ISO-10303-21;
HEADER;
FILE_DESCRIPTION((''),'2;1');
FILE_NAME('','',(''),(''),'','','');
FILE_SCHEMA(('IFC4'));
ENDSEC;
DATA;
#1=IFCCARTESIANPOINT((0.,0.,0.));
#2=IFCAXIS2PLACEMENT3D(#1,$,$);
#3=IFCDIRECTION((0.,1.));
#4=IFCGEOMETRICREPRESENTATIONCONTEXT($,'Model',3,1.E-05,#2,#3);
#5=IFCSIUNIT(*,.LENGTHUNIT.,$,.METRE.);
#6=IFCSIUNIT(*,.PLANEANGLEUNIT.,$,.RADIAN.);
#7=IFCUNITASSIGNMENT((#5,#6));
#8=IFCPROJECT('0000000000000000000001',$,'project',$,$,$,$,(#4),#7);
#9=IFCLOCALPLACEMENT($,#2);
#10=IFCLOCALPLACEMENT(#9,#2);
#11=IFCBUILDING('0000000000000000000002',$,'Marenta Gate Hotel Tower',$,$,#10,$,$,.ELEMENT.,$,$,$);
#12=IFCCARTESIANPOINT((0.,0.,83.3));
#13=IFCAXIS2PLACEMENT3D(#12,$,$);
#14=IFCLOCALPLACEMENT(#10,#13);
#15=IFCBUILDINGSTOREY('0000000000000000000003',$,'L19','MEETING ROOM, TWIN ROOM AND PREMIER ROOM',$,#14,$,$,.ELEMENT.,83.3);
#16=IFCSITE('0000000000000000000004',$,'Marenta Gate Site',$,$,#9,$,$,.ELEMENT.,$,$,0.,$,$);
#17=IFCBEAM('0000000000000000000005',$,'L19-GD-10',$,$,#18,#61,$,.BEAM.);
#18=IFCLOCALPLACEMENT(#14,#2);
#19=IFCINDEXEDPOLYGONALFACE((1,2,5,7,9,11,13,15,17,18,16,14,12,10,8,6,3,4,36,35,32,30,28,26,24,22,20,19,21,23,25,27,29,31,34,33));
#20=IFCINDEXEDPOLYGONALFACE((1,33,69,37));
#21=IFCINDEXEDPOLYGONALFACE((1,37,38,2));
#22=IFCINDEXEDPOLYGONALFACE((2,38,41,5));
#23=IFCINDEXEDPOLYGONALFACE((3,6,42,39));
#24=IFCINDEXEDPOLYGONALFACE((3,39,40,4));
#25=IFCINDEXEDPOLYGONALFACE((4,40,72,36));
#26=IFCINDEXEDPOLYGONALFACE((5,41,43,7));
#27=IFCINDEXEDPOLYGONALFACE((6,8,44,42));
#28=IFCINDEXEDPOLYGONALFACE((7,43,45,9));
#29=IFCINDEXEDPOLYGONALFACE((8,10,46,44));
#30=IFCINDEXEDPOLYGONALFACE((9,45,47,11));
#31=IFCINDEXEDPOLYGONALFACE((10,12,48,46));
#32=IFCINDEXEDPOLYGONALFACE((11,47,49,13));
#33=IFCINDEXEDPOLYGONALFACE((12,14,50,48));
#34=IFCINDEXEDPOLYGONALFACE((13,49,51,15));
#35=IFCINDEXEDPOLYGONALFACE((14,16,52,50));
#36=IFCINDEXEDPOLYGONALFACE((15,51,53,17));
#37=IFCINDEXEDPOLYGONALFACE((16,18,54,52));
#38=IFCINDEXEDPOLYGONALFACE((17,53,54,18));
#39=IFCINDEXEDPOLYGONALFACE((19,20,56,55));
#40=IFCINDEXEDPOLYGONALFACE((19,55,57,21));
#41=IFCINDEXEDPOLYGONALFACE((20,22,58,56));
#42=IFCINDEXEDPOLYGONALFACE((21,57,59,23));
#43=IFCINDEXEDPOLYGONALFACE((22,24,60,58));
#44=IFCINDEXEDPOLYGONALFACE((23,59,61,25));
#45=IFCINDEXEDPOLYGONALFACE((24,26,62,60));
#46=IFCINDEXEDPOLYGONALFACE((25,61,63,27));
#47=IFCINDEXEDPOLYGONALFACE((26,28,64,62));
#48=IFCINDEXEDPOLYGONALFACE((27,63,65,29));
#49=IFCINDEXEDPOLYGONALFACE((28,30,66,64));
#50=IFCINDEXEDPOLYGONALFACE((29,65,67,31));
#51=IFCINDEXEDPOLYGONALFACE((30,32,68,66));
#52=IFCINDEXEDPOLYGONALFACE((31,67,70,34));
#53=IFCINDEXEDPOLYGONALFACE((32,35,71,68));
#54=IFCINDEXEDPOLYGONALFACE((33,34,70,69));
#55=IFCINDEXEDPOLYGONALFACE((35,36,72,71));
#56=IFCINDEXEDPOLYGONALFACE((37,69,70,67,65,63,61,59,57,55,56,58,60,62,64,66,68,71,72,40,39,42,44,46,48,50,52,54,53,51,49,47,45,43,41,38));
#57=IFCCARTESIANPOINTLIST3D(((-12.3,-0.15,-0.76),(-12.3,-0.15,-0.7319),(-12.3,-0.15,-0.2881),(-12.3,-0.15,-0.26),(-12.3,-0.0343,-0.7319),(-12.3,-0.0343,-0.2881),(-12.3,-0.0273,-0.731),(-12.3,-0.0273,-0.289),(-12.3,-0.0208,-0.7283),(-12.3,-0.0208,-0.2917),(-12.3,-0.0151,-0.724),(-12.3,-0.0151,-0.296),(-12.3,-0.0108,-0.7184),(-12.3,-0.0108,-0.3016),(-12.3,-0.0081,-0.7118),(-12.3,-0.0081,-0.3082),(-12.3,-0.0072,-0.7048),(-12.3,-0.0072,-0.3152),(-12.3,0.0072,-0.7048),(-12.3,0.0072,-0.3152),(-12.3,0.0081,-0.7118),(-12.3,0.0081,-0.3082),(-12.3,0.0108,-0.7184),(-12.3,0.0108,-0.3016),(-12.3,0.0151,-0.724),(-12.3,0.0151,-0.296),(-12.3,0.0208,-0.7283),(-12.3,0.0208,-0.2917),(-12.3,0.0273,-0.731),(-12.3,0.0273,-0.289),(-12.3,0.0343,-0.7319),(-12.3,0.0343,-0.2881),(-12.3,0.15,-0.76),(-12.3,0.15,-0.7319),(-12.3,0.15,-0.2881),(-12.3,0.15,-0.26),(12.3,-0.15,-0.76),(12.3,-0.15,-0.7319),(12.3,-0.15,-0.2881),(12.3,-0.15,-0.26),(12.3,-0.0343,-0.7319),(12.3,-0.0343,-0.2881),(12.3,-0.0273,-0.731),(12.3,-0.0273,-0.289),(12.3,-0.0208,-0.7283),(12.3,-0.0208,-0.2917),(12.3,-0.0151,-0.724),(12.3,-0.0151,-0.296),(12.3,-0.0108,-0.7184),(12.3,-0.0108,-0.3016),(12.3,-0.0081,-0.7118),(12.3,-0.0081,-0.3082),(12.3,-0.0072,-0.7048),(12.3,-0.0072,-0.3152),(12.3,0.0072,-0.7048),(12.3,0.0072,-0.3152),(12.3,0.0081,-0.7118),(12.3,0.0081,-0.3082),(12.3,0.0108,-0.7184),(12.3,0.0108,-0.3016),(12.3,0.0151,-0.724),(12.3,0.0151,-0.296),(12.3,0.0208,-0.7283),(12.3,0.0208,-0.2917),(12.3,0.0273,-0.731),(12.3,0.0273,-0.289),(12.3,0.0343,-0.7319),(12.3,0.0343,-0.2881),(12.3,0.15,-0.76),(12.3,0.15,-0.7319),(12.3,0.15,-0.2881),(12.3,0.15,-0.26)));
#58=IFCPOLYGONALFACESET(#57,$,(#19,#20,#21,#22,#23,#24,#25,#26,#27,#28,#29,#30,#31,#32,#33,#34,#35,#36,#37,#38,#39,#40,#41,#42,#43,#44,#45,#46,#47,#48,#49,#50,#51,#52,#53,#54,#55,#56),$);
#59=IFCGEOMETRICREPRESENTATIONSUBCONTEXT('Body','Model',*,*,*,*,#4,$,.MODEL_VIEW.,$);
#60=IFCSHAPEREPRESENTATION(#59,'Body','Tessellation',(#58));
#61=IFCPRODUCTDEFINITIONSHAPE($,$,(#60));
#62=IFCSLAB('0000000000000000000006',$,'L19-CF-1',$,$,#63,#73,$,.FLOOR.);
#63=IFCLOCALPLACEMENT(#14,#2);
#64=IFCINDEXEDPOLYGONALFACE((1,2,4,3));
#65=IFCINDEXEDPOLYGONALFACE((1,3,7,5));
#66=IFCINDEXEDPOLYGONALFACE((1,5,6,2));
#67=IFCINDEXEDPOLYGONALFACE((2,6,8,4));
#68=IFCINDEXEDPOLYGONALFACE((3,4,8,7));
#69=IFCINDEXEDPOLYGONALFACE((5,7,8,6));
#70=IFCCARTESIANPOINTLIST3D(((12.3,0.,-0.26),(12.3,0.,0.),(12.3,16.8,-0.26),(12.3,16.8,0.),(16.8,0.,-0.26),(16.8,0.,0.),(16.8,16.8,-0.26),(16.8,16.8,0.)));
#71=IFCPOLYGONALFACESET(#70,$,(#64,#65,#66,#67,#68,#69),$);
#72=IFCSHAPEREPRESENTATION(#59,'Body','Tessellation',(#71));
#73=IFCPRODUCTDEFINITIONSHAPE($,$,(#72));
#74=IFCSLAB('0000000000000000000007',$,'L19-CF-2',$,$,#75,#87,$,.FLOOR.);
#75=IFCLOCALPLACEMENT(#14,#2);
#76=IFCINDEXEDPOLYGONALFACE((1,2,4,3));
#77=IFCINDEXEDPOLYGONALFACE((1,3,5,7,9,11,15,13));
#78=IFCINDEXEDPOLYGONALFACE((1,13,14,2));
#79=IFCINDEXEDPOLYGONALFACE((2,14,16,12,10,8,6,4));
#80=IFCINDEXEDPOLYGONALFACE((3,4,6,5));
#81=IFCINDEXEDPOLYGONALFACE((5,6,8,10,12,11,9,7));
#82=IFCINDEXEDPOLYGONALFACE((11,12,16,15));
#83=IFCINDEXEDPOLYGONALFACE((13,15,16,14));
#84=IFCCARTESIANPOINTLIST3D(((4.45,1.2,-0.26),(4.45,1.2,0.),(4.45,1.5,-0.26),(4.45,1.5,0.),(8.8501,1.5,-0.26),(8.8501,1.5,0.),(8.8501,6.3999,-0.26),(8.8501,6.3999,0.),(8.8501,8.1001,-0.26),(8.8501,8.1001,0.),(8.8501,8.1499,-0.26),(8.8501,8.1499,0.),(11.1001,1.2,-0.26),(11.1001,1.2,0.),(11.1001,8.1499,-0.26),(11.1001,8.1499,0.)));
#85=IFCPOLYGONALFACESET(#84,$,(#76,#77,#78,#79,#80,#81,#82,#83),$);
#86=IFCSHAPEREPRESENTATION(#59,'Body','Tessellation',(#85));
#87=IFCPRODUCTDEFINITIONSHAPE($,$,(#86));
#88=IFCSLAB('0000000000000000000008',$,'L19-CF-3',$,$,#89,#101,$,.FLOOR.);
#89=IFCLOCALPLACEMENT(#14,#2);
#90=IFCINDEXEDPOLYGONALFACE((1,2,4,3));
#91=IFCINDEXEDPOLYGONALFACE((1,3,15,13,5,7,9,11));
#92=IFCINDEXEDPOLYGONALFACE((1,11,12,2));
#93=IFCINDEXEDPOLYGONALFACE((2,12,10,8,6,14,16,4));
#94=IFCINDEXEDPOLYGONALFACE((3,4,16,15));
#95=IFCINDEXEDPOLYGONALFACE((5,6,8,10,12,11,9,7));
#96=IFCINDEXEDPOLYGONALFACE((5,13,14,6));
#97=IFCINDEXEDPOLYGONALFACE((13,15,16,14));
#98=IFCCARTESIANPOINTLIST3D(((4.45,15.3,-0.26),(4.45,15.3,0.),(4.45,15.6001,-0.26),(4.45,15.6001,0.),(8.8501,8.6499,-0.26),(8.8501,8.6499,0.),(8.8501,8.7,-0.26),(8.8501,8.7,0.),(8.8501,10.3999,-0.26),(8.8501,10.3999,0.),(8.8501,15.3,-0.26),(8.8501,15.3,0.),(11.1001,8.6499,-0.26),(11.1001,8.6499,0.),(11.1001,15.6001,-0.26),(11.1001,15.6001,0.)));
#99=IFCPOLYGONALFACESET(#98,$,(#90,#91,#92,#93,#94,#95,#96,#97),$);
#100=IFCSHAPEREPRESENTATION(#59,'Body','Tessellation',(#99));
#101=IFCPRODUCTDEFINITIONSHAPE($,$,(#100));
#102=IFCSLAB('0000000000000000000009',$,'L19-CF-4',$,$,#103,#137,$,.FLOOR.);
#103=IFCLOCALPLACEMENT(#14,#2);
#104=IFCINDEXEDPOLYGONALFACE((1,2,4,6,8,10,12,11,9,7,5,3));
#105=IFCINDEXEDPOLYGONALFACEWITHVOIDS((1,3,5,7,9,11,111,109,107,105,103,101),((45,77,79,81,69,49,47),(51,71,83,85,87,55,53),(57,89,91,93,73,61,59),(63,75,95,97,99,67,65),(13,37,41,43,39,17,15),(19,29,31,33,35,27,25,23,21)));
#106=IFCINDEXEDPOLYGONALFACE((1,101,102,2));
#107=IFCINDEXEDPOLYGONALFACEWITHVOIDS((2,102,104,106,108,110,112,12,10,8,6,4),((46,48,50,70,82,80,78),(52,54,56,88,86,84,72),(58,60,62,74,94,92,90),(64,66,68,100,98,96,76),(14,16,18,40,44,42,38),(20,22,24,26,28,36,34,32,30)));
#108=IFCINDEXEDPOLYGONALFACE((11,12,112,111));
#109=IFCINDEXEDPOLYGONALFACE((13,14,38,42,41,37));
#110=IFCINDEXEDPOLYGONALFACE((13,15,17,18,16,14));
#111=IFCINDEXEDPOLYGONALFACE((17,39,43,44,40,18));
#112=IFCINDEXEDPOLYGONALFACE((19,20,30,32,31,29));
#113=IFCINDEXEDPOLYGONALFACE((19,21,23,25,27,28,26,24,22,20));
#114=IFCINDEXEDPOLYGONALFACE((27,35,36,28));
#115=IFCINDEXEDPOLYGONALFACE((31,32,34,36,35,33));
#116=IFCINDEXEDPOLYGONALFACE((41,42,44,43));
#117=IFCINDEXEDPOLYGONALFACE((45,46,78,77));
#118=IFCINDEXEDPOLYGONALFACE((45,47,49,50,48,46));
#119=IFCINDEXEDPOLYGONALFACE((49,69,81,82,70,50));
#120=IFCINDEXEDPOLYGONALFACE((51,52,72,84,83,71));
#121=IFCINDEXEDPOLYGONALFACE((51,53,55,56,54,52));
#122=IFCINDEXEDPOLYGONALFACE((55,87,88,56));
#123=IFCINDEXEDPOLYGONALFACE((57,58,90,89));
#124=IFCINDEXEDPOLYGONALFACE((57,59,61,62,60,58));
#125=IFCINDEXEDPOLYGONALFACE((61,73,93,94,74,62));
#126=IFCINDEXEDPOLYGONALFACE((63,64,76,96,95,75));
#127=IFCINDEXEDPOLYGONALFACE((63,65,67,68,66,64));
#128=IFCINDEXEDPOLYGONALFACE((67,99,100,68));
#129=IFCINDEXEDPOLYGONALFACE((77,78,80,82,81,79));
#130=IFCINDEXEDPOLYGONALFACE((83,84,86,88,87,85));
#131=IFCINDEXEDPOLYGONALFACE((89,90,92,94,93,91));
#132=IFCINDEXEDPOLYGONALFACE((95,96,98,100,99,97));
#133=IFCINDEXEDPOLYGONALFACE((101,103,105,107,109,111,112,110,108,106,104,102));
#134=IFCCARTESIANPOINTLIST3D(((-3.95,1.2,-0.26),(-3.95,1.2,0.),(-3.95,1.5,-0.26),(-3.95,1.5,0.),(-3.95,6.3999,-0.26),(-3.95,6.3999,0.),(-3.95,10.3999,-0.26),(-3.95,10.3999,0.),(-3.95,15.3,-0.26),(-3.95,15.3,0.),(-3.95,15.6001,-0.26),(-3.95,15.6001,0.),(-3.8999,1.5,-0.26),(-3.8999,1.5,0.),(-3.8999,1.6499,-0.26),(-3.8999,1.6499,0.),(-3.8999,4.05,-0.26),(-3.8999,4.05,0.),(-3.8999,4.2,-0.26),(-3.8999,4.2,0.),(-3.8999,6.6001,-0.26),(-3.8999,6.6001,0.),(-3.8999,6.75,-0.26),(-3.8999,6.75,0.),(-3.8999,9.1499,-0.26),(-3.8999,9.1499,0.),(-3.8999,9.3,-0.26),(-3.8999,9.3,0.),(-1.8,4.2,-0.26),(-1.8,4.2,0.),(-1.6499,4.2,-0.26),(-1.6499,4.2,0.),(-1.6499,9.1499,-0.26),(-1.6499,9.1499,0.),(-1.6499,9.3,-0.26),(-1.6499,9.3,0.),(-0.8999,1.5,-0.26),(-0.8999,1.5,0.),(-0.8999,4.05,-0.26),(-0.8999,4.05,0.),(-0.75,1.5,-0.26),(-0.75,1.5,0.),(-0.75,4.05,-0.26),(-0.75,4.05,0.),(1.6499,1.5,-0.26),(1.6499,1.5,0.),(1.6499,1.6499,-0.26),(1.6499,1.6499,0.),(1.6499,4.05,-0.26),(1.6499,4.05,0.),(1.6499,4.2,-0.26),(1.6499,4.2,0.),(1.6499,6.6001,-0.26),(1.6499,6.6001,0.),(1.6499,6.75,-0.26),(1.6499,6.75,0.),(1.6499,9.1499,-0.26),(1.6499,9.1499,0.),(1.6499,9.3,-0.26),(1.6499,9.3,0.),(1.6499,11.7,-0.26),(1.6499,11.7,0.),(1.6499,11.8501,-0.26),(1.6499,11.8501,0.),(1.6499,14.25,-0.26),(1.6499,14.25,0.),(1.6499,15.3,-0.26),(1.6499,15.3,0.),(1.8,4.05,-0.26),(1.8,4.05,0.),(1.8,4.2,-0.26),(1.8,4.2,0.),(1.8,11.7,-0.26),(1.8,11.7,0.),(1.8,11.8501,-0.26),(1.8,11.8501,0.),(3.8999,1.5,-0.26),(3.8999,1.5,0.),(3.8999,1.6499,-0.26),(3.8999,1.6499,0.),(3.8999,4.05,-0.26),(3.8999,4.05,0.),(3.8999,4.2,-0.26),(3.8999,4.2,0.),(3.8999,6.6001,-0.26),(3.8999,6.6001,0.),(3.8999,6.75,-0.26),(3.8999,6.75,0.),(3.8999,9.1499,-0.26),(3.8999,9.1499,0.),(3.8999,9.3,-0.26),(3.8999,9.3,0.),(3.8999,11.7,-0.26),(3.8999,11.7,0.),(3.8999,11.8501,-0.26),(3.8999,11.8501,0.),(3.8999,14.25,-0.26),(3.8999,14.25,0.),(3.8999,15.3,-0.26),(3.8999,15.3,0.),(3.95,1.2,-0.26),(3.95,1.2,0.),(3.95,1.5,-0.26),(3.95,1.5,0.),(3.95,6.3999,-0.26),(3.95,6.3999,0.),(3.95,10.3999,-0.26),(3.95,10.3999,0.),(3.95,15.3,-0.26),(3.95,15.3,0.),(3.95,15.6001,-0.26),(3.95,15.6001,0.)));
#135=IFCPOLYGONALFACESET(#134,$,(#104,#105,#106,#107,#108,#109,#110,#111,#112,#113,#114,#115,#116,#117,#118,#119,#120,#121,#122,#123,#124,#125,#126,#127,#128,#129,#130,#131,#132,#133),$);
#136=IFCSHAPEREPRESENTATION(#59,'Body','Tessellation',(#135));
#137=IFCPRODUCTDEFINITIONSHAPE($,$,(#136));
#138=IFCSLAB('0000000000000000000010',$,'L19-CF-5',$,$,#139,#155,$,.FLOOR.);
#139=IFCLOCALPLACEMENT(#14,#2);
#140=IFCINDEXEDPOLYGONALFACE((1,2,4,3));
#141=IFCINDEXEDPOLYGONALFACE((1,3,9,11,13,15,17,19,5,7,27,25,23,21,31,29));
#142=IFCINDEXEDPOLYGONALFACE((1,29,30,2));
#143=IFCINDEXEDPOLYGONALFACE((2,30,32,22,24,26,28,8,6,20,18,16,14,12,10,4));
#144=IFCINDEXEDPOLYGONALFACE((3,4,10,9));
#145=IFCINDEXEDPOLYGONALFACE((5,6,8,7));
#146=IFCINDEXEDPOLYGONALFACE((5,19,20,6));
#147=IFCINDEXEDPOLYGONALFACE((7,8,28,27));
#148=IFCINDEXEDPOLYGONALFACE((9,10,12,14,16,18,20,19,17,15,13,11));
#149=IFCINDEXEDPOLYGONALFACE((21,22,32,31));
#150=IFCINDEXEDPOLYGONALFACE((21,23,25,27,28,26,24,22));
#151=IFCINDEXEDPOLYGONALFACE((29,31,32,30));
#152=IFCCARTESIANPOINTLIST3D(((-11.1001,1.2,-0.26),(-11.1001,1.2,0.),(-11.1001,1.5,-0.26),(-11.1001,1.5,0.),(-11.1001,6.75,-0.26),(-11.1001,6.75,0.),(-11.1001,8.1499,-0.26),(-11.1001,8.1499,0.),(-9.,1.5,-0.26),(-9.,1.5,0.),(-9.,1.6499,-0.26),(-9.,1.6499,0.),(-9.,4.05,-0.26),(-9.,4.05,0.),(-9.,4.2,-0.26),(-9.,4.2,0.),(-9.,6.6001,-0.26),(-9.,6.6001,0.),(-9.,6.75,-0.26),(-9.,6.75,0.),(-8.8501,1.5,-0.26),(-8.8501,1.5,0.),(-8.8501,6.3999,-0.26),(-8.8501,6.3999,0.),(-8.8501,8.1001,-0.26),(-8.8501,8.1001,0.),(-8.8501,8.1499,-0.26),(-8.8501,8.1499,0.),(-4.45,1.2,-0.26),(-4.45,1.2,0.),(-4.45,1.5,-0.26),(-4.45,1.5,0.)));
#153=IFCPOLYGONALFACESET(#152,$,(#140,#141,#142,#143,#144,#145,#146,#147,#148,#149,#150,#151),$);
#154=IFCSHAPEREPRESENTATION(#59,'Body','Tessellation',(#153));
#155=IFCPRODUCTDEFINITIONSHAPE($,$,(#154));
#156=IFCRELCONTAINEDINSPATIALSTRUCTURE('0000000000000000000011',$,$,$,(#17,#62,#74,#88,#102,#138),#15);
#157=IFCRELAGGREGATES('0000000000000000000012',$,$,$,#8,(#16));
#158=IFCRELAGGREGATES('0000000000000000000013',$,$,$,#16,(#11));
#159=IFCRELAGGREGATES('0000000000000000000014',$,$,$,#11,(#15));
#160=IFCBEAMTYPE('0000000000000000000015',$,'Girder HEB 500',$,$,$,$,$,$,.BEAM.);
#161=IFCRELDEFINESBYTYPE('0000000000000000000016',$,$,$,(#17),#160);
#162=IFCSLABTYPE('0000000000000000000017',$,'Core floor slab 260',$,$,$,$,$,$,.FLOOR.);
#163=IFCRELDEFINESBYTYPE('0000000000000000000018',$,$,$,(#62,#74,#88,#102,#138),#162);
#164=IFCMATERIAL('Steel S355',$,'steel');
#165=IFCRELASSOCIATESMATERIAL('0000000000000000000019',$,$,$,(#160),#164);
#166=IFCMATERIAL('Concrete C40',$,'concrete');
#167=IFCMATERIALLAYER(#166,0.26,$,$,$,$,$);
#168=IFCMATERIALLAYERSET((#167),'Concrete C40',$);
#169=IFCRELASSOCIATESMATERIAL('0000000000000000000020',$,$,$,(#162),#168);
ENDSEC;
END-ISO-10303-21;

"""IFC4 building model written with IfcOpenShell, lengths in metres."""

from ifc_helpers import new_model, si_unit, direction, frame, origin, origin_2d, place, context, subcontext, project, spatial, polyline, i_section, outline, extrude, material, layer, layer_set, material_profile, profile_set, type_object, element, save


model = new_model("IFC4")

# Units and contexts
model_context = context("Model", 3, precision=1e-05, world=origin(), true_north=direction((0.0, 1.0)))
body_context = subcontext(model_context, "Body", "Model", "MODEL_VIEW")
ifc_project = project(units=[si_unit("LENGTHUNIT", "METRE"), si_unit("PLANEANGLEUNIT", "RADIAN")], contexts=[model_context])

# Site, building, storey
site_placement = place(None, origin())
site = spatial("IfcSite", under=ifc_project, at=site_placement, Name="Marenta Gate Site", CompositionType="ELEMENT", RefElevation=0.0)
building_placement = place(site_placement, origin())
building = spatial("IfcBuilding", under=site, at=building_placement, Name="Marenta Gate Hotel Tower", CompositionType="ELEMENT")
storey_placement = place(building_placement, frame((0.0, 0.0, 83.3)))
storey = spatial("IfcBuildingStorey", under=building, at=storey_placement, Name="L19", Description="MEETING ROOM, TWIN ROOM AND PREMIER ROOM", CompositionType="ELEMENT", Elevation=83.3)

# Beam
ifc_material_1 = material(Name="Steel S355", Category="steel")
ifc_material_profile = material_profile(ifc_material_1, i_section(OverallWidth=0.3, OverallDepth=0.5, WebThickness=0.0144, FlangeThickness=0.0281, FilletRadius=0.0271, at=origin_2d()), Name="HEB 500")
ifc_profile_set = profile_set([ifc_material_profile], Name="Steel S355")
beam_type = type_object("IfcBeamType", Name="Girder HEB 500", PredefinedType="BEAM", material=ifc_profile_set)
beam_placement = place(storey_placement, frame((-12.3, 0.0, -0.51), z_axis=(1.0, 0.0, 0.0), x_axis=(0.0, 1.0, 0.0)))
element("IfcBeam", 1, at=beam_placement, inside=storey, type_object=beam_type, Name="L19-GD-10", PredefinedType="BEAM", context=body_context, shape_type="SweptSolid", body=[
    extrude(i_section(OverallWidth=0.3, OverallDepth=0.5, WebThickness=0.0144, FlangeThickness=0.0281, FilletRadius=0.0271, at=origin_2d()), origin(), (0.0, 0.0, 1.0), 24.6001),
])

# Slabs
ifc_material_2 = material(Name="Concrete C40", Category="concrete")
ifc_layer_1 = layer(ifc_material_2, 0.26)
ifc_layer_set_1 = layer_set([ifc_layer_1], Name="Concrete C40")
slab_type_1 = type_object("IfcSlabType", Name="Core floor slab 260", PredefinedType="FLOOR", material=ifc_layer_set_1)
slab_1_placement = place(storey_placement, frame((0.0, 0.0, -0.26)))
element("IfcSlab", 2, at=slab_1_placement, inside=storey, type_object=slab_type_1, Name="L19-CF-1", PredefinedType="FLOOR", context=body_context, shape_type="SweptSolid", body=[
    extrude(outline(polyline([(12.3, 0.0), (12.3, 16.8), (16.8, 16.8), (16.8, 0.0), (12.3, 0.0)])), origin(), (0.0, 0.0, 1.0), 0.26),
])
slab_2_placement = place(storey_placement, frame((0.0, 0.0, -0.26)))
element("IfcSlab", 3, at=slab_2_placement, inside=storey, type_object=slab_type_1, Name="L19-CF-2", PredefinedType="FLOOR", context=body_context, shape_type="SweptSolid", body=[
    extrude(outline(polyline([(8.8501, 1.5), (8.8501, 6.3999), (8.8501, 8.1001), (8.8501, 8.1499), (11.1001, 8.1499), (11.1001, 1.2), (4.45, 1.2), (4.45, 1.5), (8.8501, 1.5)])), origin(), (0.0, 0.0, 1.0), 0.26),
])
slab_3_placement = place(storey_placement, frame((0.0, 0.0, -0.26)))
element("IfcSlab", 4, at=slab_3_placement, inside=storey, type_object=slab_type_1, Name="L19-CF-3", PredefinedType="FLOOR", context=body_context, shape_type="SweptSolid", body=[
    extrude(outline(polyline([(8.8501, 15.3), (4.45, 15.3), (4.45, 15.6001), (11.1001, 15.6001), (11.1001, 8.6499), (8.8501, 8.6499), (8.8501, 8.7), (8.8501, 10.3999), (8.8501, 15.3)])), origin(), (0.0, 0.0, 1.0), 0.26),
])
slab_4_placement = place(storey_placement, frame((0.0, 0.0, -0.26)))
element("IfcSlab", 5, at=slab_4_placement, inside=storey, type_object=slab_type_1, Name="L19-CF-4", PredefinedType="FLOOR", context=body_context, shape_type="SweptSolid", body=[
    extrude(outline(polyline([(3.95, 15.3), (3.95, 10.3999), (3.95, 6.3999), (3.95, 1.5), (3.95, 1.2), (-3.95, 1.2), (-3.95, 1.5), (-3.95, 6.3999), (-3.95, 10.3999), (-3.95, 15.3), (-3.95, 15.6001), (3.95, 15.6001), (3.95, 15.3)]), holes=[polyline([(1.6499, 4.05), (1.6499, 1.6499), (1.6499, 1.5), (3.8999, 1.5), (3.8999, 1.6499), (3.8999, 4.05), (1.8, 4.05), (1.6499, 4.05)]), polyline([(1.6499, 9.1499), (3.8999, 9.1499), (3.8999, 9.3), (3.8999, 11.7), (1.8, 11.7), (1.6499, 11.7), (1.6499, 9.3), (1.6499, 9.1499)]), polyline([(1.6499, 11.8501), (1.8, 11.8501), (3.8999, 11.8501), (3.8999, 14.25), (3.8999, 15.3), (1.6499, 15.3), (1.6499, 14.25), (1.6499, 11.8501)]), polyline([(3.8999, 6.6001), (3.8999, 6.75), (1.6499, 6.75), (1.6499, 6.6001), (1.6499, 4.2), (1.8, 4.2), (3.8999, 4.2), (3.8999, 6.6001)]), polyline([(-3.8999, 1.5), (-0.8999, 1.5), (-0.75, 1.5), (-0.75, 4.05), (-0.8999, 4.05), (-3.8999, 4.05), (-3.8999, 1.6499), (-3.8999, 1.5)]), polyline([(-1.6499, 4.2), (-1.6499, 9.1499), (-1.6499, 9.3), (-3.8999, 9.3), (-3.8999, 9.1499), (-3.8999, 6.75), (-3.8999, 6.6001), (-3.8999, 4.2), (-1.8, 4.2), (-1.6499, 4.2)])]), origin(), (0.0, 0.0, 1.0), 0.26),
])
slab_5_placement = place(storey_placement, frame((0.0, 0.0, -0.26)))
element("IfcSlab", 6, at=slab_5_placement, inside=storey, type_object=slab_type_1, Name="L19-CF-5", PredefinedType="FLOOR", context=body_context, shape_type="SweptSolid", body=[
    extrude(outline(polyline([(-9.0, 1.5), (-9.0, 1.6499), (-9.0, 4.05), (-9.0, 4.2), (-9.0, 6.6001), (-9.0, 6.75), (-11.1001, 6.75), (-11.1001, 8.1499), (-8.8501, 8.1499), (-8.8501, 8.1001), (-8.8501, 6.3999), (-8.8501, 1.5), (-4.45, 1.5), (-4.45, 1.2), (-11.1001, 1.2), (-11.1001, 1.5), (-9.0, 1.5)])), origin(), (0.0, 0.0, 1.0), 0.26),
])

save(model, "model.ifc")
